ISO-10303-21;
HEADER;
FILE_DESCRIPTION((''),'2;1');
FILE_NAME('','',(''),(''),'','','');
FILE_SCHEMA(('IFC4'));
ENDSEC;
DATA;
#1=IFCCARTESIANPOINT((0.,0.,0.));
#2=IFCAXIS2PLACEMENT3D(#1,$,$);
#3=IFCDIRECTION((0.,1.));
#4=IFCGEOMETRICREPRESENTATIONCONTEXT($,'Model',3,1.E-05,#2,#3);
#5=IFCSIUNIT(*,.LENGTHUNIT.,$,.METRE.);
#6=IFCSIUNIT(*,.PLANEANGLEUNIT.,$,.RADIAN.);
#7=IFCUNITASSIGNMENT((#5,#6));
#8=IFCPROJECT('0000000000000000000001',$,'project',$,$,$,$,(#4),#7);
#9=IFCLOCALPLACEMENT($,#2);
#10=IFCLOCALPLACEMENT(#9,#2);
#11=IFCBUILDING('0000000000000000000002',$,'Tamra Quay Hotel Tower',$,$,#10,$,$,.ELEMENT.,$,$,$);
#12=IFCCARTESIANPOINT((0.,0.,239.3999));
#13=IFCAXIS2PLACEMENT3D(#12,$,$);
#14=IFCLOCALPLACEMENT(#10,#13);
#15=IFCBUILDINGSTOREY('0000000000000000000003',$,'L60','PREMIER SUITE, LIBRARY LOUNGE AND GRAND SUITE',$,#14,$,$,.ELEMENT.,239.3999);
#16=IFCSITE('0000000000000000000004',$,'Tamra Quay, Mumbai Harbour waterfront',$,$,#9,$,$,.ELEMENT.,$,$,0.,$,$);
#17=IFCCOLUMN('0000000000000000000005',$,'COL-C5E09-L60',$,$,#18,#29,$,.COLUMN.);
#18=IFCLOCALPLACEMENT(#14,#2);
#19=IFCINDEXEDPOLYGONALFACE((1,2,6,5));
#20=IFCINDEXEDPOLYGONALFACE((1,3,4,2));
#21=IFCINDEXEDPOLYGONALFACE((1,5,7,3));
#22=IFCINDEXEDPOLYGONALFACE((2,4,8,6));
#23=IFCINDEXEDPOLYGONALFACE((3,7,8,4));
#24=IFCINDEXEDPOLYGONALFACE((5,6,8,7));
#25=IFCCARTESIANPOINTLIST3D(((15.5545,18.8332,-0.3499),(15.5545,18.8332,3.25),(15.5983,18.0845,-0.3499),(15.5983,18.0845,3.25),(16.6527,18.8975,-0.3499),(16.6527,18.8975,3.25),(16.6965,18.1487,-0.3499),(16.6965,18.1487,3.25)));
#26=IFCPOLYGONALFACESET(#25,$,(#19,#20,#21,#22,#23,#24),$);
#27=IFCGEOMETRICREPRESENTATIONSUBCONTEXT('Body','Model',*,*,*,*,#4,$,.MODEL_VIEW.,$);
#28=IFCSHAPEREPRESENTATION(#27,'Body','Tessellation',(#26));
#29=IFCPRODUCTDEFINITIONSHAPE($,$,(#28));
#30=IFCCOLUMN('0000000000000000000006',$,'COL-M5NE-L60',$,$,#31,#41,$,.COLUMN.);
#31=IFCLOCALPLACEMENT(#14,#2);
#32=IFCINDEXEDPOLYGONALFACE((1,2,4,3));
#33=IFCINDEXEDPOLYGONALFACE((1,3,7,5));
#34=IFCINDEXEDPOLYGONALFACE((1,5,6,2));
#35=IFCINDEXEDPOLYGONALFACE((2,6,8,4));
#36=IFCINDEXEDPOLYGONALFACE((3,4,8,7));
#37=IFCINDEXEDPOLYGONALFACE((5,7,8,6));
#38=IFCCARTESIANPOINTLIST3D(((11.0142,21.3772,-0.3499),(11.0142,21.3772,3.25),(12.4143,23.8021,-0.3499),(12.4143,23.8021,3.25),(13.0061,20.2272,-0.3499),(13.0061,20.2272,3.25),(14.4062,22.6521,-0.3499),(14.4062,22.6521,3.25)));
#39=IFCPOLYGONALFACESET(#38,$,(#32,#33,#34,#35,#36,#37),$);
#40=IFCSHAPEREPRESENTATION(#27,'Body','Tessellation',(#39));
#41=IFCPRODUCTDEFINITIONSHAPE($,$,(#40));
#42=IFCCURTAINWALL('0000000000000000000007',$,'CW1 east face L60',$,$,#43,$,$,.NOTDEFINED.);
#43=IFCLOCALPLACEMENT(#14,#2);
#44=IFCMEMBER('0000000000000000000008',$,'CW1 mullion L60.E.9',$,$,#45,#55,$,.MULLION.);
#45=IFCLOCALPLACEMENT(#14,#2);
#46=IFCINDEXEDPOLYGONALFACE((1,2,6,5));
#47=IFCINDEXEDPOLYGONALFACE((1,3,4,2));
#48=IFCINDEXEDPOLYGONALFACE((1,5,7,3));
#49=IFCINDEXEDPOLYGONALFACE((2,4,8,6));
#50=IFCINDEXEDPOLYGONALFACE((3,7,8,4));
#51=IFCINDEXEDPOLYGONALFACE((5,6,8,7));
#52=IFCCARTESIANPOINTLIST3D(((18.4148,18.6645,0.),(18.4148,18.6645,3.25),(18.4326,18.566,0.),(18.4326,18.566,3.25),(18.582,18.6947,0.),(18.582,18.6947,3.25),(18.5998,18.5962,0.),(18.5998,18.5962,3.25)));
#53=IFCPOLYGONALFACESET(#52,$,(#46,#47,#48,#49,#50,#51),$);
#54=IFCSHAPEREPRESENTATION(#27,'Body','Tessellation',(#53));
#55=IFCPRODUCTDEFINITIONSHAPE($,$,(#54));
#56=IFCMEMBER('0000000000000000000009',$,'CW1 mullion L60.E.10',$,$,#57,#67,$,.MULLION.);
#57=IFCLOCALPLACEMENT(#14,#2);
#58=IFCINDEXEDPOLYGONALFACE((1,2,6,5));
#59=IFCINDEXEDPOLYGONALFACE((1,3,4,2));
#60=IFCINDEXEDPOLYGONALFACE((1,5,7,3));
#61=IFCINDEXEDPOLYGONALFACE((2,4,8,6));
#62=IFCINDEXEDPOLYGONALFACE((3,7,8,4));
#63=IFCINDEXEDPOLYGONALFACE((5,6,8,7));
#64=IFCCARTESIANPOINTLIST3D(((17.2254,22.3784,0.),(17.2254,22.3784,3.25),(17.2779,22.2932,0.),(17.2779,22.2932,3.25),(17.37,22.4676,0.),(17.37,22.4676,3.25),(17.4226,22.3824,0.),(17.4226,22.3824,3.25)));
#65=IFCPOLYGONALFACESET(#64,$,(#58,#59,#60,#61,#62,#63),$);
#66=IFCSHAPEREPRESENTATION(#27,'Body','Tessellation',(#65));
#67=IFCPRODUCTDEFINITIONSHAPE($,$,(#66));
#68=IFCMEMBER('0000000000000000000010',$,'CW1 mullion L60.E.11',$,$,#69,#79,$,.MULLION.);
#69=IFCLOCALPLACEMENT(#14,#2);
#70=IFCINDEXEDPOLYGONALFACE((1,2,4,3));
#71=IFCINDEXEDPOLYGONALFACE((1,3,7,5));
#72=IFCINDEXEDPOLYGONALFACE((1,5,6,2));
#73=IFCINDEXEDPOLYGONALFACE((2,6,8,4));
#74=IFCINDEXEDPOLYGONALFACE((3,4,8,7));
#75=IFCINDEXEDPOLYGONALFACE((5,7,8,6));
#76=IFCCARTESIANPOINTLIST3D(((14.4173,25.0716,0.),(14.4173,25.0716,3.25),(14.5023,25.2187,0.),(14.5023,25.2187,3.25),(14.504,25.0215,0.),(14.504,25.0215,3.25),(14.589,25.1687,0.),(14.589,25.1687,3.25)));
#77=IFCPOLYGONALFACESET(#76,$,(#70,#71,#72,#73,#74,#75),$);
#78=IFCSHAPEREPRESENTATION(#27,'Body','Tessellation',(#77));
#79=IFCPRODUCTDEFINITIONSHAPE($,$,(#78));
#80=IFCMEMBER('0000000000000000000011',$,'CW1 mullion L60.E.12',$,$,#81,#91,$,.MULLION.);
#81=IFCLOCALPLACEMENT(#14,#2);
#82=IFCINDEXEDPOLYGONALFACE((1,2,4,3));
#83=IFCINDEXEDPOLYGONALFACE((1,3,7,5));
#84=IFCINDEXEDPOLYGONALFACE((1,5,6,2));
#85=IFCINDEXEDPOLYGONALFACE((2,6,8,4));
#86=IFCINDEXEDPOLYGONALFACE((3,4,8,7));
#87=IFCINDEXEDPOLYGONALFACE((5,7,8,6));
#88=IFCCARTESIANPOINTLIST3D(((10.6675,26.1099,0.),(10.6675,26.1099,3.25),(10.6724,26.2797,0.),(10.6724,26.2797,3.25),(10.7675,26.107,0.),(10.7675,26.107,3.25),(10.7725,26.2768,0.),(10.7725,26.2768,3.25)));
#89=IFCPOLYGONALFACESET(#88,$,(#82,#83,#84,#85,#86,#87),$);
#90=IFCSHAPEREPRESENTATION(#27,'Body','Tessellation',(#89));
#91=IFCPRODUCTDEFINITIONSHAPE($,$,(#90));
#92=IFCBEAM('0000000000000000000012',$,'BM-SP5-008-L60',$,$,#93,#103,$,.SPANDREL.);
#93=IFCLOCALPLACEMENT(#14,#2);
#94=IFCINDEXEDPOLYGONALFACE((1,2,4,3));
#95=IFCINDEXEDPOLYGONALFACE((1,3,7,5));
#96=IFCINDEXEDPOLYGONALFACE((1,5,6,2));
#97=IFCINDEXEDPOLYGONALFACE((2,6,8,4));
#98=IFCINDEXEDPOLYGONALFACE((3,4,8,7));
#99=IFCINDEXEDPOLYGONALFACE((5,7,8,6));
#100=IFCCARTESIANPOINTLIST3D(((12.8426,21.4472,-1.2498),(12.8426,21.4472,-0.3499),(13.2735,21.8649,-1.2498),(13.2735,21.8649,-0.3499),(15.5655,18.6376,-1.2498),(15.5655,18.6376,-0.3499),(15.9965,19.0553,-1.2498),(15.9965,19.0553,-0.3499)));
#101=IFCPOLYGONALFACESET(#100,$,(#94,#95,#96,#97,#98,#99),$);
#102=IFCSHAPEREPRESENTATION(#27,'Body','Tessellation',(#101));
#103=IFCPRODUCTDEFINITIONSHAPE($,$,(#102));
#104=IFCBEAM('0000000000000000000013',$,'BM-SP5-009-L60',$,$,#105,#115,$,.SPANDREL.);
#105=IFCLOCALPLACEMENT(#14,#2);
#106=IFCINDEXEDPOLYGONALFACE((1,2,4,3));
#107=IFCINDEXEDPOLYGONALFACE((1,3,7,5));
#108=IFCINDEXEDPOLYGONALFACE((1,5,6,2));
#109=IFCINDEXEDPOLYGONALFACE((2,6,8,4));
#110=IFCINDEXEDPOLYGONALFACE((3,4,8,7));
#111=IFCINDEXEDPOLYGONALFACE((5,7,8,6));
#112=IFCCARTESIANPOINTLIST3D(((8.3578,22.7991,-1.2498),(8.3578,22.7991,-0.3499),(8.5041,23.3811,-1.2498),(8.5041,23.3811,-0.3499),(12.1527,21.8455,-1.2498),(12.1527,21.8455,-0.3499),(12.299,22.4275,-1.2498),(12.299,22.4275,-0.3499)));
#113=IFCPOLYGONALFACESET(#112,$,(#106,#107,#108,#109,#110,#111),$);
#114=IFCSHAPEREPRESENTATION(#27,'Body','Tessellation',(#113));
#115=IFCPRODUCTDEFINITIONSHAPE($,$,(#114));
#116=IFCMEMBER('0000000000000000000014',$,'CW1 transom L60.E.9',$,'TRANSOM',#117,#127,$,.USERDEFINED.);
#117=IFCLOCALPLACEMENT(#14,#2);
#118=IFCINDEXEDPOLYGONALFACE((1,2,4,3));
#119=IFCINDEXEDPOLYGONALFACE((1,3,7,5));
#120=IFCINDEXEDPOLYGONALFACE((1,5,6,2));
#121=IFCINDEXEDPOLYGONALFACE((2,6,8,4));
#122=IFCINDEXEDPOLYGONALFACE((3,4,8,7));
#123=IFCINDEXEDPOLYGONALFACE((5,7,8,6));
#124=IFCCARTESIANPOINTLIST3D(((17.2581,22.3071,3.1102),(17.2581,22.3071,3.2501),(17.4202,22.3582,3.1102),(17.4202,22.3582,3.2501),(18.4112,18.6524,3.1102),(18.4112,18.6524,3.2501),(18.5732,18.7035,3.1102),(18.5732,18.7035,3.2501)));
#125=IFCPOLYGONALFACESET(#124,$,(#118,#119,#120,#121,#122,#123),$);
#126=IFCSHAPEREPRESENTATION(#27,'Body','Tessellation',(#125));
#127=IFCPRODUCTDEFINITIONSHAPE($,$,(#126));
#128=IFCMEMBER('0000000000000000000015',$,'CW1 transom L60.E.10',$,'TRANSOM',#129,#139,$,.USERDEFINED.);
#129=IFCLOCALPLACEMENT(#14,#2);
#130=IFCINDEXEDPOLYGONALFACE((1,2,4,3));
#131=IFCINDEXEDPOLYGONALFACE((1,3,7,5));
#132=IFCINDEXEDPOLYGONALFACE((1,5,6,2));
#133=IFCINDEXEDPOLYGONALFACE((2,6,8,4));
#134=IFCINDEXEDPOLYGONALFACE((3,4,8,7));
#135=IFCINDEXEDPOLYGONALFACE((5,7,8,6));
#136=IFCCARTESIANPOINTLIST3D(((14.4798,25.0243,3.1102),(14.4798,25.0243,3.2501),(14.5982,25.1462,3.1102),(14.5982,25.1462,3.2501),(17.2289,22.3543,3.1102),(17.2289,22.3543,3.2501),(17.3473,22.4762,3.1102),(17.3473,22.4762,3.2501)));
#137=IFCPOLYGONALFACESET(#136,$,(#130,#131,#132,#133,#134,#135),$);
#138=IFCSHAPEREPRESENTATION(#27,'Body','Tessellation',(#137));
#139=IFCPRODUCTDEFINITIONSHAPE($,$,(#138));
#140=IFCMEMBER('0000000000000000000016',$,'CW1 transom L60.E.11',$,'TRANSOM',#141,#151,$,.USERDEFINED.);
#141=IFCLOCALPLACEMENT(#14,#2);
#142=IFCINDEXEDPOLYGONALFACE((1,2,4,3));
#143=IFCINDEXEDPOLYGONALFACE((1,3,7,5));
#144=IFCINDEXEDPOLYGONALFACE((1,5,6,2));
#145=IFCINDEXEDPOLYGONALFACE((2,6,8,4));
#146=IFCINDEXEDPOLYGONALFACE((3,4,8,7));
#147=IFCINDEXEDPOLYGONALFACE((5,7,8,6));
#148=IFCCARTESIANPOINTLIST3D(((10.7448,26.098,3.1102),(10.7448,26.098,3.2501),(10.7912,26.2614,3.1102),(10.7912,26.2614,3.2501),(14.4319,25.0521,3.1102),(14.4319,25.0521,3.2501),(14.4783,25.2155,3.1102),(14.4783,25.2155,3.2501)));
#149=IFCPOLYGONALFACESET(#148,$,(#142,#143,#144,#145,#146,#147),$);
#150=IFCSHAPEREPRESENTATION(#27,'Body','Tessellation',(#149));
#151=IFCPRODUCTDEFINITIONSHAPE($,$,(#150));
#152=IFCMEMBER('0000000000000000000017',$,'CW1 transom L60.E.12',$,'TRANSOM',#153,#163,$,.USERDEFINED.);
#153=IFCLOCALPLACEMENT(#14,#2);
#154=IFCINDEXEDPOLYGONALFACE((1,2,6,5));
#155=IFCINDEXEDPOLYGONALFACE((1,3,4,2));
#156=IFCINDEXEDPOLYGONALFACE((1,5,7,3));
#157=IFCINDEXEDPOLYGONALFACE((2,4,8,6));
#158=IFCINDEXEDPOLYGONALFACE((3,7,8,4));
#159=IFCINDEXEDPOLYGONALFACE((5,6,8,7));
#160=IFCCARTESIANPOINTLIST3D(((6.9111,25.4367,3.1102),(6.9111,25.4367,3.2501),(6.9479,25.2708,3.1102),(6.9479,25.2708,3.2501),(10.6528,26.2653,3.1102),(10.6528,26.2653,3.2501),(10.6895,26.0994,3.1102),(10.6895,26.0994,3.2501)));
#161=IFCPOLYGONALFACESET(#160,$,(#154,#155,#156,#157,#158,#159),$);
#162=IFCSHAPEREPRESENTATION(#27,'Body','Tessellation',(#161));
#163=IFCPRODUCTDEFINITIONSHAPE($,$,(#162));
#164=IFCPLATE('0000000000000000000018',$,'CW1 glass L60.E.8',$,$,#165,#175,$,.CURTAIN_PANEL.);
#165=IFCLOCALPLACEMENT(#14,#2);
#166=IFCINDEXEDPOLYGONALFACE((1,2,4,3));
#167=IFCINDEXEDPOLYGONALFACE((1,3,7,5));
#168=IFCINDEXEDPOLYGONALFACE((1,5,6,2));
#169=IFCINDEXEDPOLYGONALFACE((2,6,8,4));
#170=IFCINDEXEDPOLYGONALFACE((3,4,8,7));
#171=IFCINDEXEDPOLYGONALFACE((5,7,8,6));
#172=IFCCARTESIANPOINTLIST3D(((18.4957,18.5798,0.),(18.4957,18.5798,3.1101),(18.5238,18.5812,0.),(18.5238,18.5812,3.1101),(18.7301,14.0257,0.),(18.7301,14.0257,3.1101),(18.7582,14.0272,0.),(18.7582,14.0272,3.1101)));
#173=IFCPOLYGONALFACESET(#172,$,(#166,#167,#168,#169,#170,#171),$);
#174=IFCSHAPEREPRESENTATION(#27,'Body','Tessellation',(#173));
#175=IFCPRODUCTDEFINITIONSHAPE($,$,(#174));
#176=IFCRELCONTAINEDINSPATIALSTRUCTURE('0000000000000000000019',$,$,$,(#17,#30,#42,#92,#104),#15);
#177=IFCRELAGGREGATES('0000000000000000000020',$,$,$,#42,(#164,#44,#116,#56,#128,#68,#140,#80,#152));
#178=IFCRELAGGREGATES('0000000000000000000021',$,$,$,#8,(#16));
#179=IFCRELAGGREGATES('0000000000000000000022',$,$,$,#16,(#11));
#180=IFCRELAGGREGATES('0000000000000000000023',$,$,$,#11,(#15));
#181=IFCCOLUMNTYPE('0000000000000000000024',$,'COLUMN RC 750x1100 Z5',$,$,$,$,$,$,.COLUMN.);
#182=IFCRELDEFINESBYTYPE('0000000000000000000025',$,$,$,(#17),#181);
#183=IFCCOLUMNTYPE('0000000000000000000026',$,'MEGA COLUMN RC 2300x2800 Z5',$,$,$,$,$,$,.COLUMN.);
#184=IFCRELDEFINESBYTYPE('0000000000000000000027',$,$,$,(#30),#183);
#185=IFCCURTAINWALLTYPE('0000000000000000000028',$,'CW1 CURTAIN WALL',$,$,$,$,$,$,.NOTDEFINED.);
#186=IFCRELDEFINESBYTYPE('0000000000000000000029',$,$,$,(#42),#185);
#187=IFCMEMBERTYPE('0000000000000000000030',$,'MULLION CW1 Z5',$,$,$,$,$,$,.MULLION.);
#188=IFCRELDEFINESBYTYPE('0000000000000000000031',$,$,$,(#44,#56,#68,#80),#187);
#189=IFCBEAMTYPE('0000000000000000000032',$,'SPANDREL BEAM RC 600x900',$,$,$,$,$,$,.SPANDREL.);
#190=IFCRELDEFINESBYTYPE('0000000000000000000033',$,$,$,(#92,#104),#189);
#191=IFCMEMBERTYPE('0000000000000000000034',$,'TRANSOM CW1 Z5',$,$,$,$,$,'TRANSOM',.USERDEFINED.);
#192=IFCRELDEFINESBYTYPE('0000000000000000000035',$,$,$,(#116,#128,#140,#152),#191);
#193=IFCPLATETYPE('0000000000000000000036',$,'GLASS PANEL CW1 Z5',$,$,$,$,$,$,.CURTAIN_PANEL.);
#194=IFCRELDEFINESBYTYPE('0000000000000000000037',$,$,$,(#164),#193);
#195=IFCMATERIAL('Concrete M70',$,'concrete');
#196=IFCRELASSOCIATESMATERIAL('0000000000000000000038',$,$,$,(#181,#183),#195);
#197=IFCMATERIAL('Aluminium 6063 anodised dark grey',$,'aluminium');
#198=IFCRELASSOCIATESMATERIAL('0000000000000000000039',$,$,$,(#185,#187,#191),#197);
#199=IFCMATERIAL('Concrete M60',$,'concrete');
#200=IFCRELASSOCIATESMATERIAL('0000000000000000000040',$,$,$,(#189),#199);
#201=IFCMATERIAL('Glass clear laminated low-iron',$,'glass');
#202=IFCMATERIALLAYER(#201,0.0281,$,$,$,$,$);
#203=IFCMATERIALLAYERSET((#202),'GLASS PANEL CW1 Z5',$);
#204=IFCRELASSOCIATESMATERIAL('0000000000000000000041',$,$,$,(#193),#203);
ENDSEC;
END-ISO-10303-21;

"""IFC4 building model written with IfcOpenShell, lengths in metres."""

from ifc_helpers import new_model, si_unit, direction, frame, origin, origin_2d, place, context, subcontext, project, spatial, rectangle, extrude, material, layer, layer_set, material_profile, profile_set, type_object, element, aggregate, save


model = new_model("IFC4")

# Units and contexts
model_context = context("Model", 3, precision=1e-05, world=origin(), true_north=direction((0.0, 1.0)))
body_context = subcontext(model_context, "Body", "Model", "MODEL_VIEW")
ifc_project = project(units=[si_unit("LENGTHUNIT", "METRE"), si_unit("PLANEANGLEUNIT", "RADIAN")], contexts=[model_context])

# Site, building, storey
site_placement = place(None, origin())
site = spatial("IfcSite", under=ifc_project, at=site_placement, Name="Tamra Quay, Mumbai Harbour waterfront", CompositionType="ELEMENT", RefElevation=0.0)
building_placement = place(site_placement, origin())
building = spatial("IfcBuilding", under=site, at=building_placement, Name="Tamra Quay Hotel Tower", CompositionType="ELEMENT")
storey_placement = place(building_placement, frame((0.0, 0.0, 239.3999)))
storey = spatial("IfcBuildingStorey", under=building, at=storey_placement, Name="L60", Description="PREMIER SUITE, LIBRARY LOUNGE AND GRAND SUITE", CompositionType="ELEMENT", Elevation=239.3999)

# Columns
ifc_material_1 = material(Name="Concrete M70", Category="concrete")
ifc_material_profile_1 = material_profile(ifc_material_1, rectangle(XDim=1.1001, YDim=0.75, at=origin_2d()), Name="COLUMN RC 750x1100 Z5")
ifc_profile_set_1 = profile_set([ifc_material_profile_1], Name="Concrete M70")
column_type_1 = type_object("IfcColumnType", Name="COLUMN RC 750x1100 Z5", PredefinedType="COLUMN", material=ifc_profile_set_1)
column_1_placement = place(storey_placement, frame((16.1255, 18.491, -0.3499), z_axis=(0.0, 0.0, 1.0), x_axis=(0.998292, 0.05842, 0.0)))
element("IfcColumn", 1, at=column_1_placement, inside=storey, type_object=column_type_1, Name="COL-C5E09-L60", PredefinedType="COLUMN", context=body_context, shape_type="SweptSolid", body=[
    extrude(rectangle(XDim=1.1001, YDim=0.75, at=origin_2d()), origin(), (0.0, 0.0, 1.0), 3.5999),
])
ifc_material_profile_2 = material_profile(ifc_material_1, rectangle(XDim=2.8, YDim=2.3, at=origin_2d()), Name="MEGA COLUMN RC 2300x2800 Z5")
ifc_profile_set_2 = profile_set([ifc_material_profile_2], Name="Concrete M70")
column_type_2 = type_object("IfcColumnType", Name="MEGA COLUMN RC 2300x2800 Z5", PredefinedType="COLUMN", material=ifc_profile_set_2)
column_2_placement = place(storey_placement, frame((12.7102, 22.0146, -0.3499), z_axis=(0.0, 0.0, 1.0), x_axis=(0.5, 0.866025, 0.0)))
element("IfcColumn", 2, at=column_2_placement, inside=storey, type_object=column_type_2, Name="COL-M5NE-L60", PredefinedType="COLUMN", context=body_context, shape_type="SweptSolid", body=[
    extrude(rectangle(XDim=2.8, YDim=2.3, at=origin_2d()), origin(), (0.0, 0.0, 1.0), 3.5999),
])

# Curtain wall, members
ifc_material_2 = material(Name="Aluminium 6063 anodised dark grey", Category="aluminium")
curtain_wall_type = type_object("IfcCurtainWallType", Name="CW1 CURTAIN WALL", PredefinedType="NOTDEFINED", material=ifc_material_2)
curtain_wall_placement = place(storey_placement, origin())
curtain_wall = element("IfcCurtainWall", 3, at=curtain_wall_placement, inside=storey, type_object=curtain_wall_type, Name="CW1 east face L60", PredefinedType="NOTDEFINED")
ifc_material_profile_3 = material_profile(ifc_material_2, rectangle(XDim=0.1699, YDim=0.1001, at=origin_2d()), Name="MULLION 100X170")
ifc_profile_set_3 = profile_set([ifc_material_profile_3], Name="Aluminium 6063 anodised dark grey")
member_type_1 = type_object("IfcMemberType", Name="MULLION CW1 Z5", PredefinedType="MULLION", material=ifc_profile_set_3)
member_1_placement = place(storey_placement, frame((18.5073, 18.6304, 0.0), z_axis=(0.0, 0.0, 1.0), x_axis=(0.984105, 0.177586, 0.0)))
member_1 = element("IfcMember", 4, at=member_1_placement, type_object=member_type_1, Name="CW1 mullion L60.E.9", PredefinedType="MULLION", context=body_context, shape_type="SweptSolid", body=[
    extrude(rectangle(XDim=0.1699, YDim=0.1001, at=origin_2d()), origin(), (0.0, 0.0, 1.0), 3.25),
])
member_2_placement = place(storey_placement, frame((17.324, 22.3804, 0.0), z_axis=(0.0, 0.0, 1.0), x_axis=(0.851044, 0.525094, 0.0)))
member_2 = element("IfcMember", 5, at=member_2_placement, type_object=member_type_1, Name="CW1 mullion L60.E.10", PredefinedType="MULLION", context=body_context, shape_type="SweptSolid", body=[
    extrude(rectangle(XDim=0.1699, YDim=0.1001, at=origin_2d()), origin(), (0.0, 0.0, 1.0), 3.25),
])
member_3_placement = place(storey_placement, frame((14.5032, 25.1201, 0.0), z_axis=(0.0, 0.0, 1.0), x_axis=(0.5, 0.866025, 0.0)))
member_3 = element("IfcMember", 6, at=member_3_placement, type_object=member_type_1, Name="CW1 mullion L60.E.11", PredefinedType="MULLION", context=body_context, shape_type="SweptSolid", body=[
    extrude(rectangle(XDim=0.1699, YDim=0.1001, at=origin_2d()), origin(), (0.0, 0.0, 1.0), 3.25),
])
member_4_placement = place(storey_placement, frame((10.72, 26.1934, 0.0), z_axis=(0.0, 0.0, 1.0), x_axis=(0.029223, 0.999573, 0.0)))
member_4 = element("IfcMember", 7, at=member_4_placement, type_object=member_type_1, Name="CW1 mullion L60.E.12", PredefinedType="MULLION", context=body_context, shape_type="SweptSolid", body=[
    extrude(rectangle(XDim=0.1699, YDim=0.1001, at=origin_2d()), origin(), (0.0, 0.0, 1.0), 3.25),
])

# Beams
ifc_material_3 = material(Name="Concrete M60", Category="concrete")
ifc_material_profile_4 = material_profile(ifc_material_3, rectangle(XDim=0.6001, YDim=0.8999, at=origin_2d()), Name="SPANDREL BEAM RC 600x900")
ifc_profile_set_4 = profile_set([ifc_material_profile_4], Name="Concrete M60")
beam_type = type_object("IfcBeamType", Name="SPANDREL BEAM RC 600x900", PredefinedType="SPANDREL", material=ifc_profile_set_4)
beam_1_placement = place(storey_placement, frame((15.781, 18.8464, -0.7998), z_axis=(-0.695944, 0.718096, 0.0), x_axis=(-0.718096, -0.695944, 0.0)))
element("IfcBeam", 8, at=beam_1_placement, inside=storey, type_object=beam_type, Name="BM-SP5-008-L60", PredefinedType="SPANDREL", context=body_context, shape_type="SweptSolid", body=[
    extrude(rectangle(XDim=0.6001, YDim=0.8999, at=origin_2d()), origin(), (0.0, 0.0, 1.0), 3.9126),
])
beam_2_placement = place(storey_placement, frame((12.2258, 22.1365, -0.7998), z_axis=(-0.969848, 0.24371, 0.0), x_axis=(-0.24371, -0.969848, 0.0)))
element("IfcBeam", 9, at=beam_2_placement, inside=storey, type_object=beam_type, Name="BM-SP5-009-L60", PredefinedType="SPANDREL", context=body_context, shape_type="SweptSolid", body=[
    extrude(rectangle(XDim=0.6001, YDim=0.8999, at=origin_2d()), origin(), (0.0, 0.0, 1.0), 3.9128),
])

# Members
ifc_material_profile_5 = material_profile(ifc_material_2, rectangle(XDim=0.1699, YDim=0.1399, at=origin_2d()), Name="TRANSOM 170X140")
ifc_profile_set_5 = profile_set([ifc_material_profile_5], Name="Aluminium 6063 anodised dark grey")
member_type_2 = type_object("IfcMemberType", Name="TRANSOM CW1 Z5", ElementType="TRANSOM", PredefinedType="USERDEFINED", material=ifc_profile_set_5)
member_5_placement = place(storey_placement, frame((18.4922, 18.678, 3.1802), z_axis=(-0.300878, 0.953663, 0.0), x_axis=(-0.953663, -0.300878, 0.0)))
member_5 = element("IfcMember", 10, at=member_5_placement, type_object=member_type_2, Name="CW1 transom L60.E.9", ObjectType="TRANSOM", PredefinedType="USERDEFINED", context=body_context, shape_type="SweptSolid", body=[
    extrude(rectangle(XDim=0.1699, YDim=0.1399, at=origin_2d()), origin(), (0.0, 0.0, 1.0), 3.8323),
])
member_6_placement = place(storey_placement, frame((17.2881, 22.4153, 3.1802), z_axis=(-0.717352, 0.696711, 0.0), x_axis=(-0.696711, -0.717352, 0.0)))
member_6 = element("IfcMember", 11, at=member_6_placement, type_object=member_type_2, Name="CW1 transom L60.E.10", ObjectType="TRANSOM", PredefinedType="USERDEFINED", context=body_context, shape_type="SweptSolid", body=[
    extrude(rectangle(XDim=0.1699, YDim=0.1399, at=origin_2d()), origin(), (0.0, 0.0, 1.0), 3.8323),
])
member_7_placement = place(storey_placement, frame((14.4551, 25.1338, 3.1802), z_axis=(-0.962041, 0.272903, 0.0), x_axis=(-0.272903, -0.962041, 0.0)))
member_7 = element("IfcMember", 12, at=member_7_placement, type_object=member_type_2, Name="CW1 transom L60.E.11", ObjectType="TRANSOM", PredefinedType="USERDEFINED", context=body_context, shape_type="SweptSolid", body=[
    extrude(rectangle(XDim=0.1699, YDim=0.1399, at=origin_2d()), origin(), (0.0, 0.0, 1.0), 3.8325),
])
member_8_placement = place(storey_placement, frame((10.6711, 26.1824, 3.1802), z_axis=(-0.976346, -0.216215, 0.0), x_axis=(0.216215, -0.976346, 0.0)))
member_8 = element("IfcMember", 13, at=member_8_placement, type_object=member_type_2, Name="CW1 transom L60.E.12", ObjectType="TRANSOM", PredefinedType="USERDEFINED", context=body_context, shape_type="SweptSolid", body=[
    extrude(rectangle(XDim=0.1699, YDim=0.1399, at=origin_2d()), origin(), (0.0, 0.0, 1.0), 3.8323),
])

# Plate
ifc_material_4 = material(Name="Glass clear laminated low-iron", Category="glass")
ifc_layer_1 = layer(ifc_material_4, 0.0281)
ifc_layer_set_1 = layer_set([ifc_layer_1], Name="GLASS PANEL CW1 Z5")
plate_type = type_object("IfcPlateType", Name="GLASS PANEL CW1 Z5", PredefinedType="CURTAIN_PANEL", material=ifc_layer_set_1)
plate_1_placement = place(storey_placement, frame((18.627, 16.3035, 0.0), z_axis=(0.0, 0.0, 1.0), x_axis=(-0.051403, 0.998678, 0.0)))
plate_1 = element("IfcPlate", 14, at=plate_1_placement, type_object=plate_type, Name="CW1 glass L60.E.8", PredefinedType="CURTAIN_PANEL", context=body_context, shape_type="SweptSolid", body=[
    extrude(rectangle(XDim=4.5601, YDim=0.0281, at=origin_2d()), origin(), (0.0, 0.0, 1.0), 3.1101),
])
aggregate(curtain_wall, [plate_1, member_1, member_5, member_2, member_6, member_3, member_7, member_4, member_8])

save(model, "model.ifc")
